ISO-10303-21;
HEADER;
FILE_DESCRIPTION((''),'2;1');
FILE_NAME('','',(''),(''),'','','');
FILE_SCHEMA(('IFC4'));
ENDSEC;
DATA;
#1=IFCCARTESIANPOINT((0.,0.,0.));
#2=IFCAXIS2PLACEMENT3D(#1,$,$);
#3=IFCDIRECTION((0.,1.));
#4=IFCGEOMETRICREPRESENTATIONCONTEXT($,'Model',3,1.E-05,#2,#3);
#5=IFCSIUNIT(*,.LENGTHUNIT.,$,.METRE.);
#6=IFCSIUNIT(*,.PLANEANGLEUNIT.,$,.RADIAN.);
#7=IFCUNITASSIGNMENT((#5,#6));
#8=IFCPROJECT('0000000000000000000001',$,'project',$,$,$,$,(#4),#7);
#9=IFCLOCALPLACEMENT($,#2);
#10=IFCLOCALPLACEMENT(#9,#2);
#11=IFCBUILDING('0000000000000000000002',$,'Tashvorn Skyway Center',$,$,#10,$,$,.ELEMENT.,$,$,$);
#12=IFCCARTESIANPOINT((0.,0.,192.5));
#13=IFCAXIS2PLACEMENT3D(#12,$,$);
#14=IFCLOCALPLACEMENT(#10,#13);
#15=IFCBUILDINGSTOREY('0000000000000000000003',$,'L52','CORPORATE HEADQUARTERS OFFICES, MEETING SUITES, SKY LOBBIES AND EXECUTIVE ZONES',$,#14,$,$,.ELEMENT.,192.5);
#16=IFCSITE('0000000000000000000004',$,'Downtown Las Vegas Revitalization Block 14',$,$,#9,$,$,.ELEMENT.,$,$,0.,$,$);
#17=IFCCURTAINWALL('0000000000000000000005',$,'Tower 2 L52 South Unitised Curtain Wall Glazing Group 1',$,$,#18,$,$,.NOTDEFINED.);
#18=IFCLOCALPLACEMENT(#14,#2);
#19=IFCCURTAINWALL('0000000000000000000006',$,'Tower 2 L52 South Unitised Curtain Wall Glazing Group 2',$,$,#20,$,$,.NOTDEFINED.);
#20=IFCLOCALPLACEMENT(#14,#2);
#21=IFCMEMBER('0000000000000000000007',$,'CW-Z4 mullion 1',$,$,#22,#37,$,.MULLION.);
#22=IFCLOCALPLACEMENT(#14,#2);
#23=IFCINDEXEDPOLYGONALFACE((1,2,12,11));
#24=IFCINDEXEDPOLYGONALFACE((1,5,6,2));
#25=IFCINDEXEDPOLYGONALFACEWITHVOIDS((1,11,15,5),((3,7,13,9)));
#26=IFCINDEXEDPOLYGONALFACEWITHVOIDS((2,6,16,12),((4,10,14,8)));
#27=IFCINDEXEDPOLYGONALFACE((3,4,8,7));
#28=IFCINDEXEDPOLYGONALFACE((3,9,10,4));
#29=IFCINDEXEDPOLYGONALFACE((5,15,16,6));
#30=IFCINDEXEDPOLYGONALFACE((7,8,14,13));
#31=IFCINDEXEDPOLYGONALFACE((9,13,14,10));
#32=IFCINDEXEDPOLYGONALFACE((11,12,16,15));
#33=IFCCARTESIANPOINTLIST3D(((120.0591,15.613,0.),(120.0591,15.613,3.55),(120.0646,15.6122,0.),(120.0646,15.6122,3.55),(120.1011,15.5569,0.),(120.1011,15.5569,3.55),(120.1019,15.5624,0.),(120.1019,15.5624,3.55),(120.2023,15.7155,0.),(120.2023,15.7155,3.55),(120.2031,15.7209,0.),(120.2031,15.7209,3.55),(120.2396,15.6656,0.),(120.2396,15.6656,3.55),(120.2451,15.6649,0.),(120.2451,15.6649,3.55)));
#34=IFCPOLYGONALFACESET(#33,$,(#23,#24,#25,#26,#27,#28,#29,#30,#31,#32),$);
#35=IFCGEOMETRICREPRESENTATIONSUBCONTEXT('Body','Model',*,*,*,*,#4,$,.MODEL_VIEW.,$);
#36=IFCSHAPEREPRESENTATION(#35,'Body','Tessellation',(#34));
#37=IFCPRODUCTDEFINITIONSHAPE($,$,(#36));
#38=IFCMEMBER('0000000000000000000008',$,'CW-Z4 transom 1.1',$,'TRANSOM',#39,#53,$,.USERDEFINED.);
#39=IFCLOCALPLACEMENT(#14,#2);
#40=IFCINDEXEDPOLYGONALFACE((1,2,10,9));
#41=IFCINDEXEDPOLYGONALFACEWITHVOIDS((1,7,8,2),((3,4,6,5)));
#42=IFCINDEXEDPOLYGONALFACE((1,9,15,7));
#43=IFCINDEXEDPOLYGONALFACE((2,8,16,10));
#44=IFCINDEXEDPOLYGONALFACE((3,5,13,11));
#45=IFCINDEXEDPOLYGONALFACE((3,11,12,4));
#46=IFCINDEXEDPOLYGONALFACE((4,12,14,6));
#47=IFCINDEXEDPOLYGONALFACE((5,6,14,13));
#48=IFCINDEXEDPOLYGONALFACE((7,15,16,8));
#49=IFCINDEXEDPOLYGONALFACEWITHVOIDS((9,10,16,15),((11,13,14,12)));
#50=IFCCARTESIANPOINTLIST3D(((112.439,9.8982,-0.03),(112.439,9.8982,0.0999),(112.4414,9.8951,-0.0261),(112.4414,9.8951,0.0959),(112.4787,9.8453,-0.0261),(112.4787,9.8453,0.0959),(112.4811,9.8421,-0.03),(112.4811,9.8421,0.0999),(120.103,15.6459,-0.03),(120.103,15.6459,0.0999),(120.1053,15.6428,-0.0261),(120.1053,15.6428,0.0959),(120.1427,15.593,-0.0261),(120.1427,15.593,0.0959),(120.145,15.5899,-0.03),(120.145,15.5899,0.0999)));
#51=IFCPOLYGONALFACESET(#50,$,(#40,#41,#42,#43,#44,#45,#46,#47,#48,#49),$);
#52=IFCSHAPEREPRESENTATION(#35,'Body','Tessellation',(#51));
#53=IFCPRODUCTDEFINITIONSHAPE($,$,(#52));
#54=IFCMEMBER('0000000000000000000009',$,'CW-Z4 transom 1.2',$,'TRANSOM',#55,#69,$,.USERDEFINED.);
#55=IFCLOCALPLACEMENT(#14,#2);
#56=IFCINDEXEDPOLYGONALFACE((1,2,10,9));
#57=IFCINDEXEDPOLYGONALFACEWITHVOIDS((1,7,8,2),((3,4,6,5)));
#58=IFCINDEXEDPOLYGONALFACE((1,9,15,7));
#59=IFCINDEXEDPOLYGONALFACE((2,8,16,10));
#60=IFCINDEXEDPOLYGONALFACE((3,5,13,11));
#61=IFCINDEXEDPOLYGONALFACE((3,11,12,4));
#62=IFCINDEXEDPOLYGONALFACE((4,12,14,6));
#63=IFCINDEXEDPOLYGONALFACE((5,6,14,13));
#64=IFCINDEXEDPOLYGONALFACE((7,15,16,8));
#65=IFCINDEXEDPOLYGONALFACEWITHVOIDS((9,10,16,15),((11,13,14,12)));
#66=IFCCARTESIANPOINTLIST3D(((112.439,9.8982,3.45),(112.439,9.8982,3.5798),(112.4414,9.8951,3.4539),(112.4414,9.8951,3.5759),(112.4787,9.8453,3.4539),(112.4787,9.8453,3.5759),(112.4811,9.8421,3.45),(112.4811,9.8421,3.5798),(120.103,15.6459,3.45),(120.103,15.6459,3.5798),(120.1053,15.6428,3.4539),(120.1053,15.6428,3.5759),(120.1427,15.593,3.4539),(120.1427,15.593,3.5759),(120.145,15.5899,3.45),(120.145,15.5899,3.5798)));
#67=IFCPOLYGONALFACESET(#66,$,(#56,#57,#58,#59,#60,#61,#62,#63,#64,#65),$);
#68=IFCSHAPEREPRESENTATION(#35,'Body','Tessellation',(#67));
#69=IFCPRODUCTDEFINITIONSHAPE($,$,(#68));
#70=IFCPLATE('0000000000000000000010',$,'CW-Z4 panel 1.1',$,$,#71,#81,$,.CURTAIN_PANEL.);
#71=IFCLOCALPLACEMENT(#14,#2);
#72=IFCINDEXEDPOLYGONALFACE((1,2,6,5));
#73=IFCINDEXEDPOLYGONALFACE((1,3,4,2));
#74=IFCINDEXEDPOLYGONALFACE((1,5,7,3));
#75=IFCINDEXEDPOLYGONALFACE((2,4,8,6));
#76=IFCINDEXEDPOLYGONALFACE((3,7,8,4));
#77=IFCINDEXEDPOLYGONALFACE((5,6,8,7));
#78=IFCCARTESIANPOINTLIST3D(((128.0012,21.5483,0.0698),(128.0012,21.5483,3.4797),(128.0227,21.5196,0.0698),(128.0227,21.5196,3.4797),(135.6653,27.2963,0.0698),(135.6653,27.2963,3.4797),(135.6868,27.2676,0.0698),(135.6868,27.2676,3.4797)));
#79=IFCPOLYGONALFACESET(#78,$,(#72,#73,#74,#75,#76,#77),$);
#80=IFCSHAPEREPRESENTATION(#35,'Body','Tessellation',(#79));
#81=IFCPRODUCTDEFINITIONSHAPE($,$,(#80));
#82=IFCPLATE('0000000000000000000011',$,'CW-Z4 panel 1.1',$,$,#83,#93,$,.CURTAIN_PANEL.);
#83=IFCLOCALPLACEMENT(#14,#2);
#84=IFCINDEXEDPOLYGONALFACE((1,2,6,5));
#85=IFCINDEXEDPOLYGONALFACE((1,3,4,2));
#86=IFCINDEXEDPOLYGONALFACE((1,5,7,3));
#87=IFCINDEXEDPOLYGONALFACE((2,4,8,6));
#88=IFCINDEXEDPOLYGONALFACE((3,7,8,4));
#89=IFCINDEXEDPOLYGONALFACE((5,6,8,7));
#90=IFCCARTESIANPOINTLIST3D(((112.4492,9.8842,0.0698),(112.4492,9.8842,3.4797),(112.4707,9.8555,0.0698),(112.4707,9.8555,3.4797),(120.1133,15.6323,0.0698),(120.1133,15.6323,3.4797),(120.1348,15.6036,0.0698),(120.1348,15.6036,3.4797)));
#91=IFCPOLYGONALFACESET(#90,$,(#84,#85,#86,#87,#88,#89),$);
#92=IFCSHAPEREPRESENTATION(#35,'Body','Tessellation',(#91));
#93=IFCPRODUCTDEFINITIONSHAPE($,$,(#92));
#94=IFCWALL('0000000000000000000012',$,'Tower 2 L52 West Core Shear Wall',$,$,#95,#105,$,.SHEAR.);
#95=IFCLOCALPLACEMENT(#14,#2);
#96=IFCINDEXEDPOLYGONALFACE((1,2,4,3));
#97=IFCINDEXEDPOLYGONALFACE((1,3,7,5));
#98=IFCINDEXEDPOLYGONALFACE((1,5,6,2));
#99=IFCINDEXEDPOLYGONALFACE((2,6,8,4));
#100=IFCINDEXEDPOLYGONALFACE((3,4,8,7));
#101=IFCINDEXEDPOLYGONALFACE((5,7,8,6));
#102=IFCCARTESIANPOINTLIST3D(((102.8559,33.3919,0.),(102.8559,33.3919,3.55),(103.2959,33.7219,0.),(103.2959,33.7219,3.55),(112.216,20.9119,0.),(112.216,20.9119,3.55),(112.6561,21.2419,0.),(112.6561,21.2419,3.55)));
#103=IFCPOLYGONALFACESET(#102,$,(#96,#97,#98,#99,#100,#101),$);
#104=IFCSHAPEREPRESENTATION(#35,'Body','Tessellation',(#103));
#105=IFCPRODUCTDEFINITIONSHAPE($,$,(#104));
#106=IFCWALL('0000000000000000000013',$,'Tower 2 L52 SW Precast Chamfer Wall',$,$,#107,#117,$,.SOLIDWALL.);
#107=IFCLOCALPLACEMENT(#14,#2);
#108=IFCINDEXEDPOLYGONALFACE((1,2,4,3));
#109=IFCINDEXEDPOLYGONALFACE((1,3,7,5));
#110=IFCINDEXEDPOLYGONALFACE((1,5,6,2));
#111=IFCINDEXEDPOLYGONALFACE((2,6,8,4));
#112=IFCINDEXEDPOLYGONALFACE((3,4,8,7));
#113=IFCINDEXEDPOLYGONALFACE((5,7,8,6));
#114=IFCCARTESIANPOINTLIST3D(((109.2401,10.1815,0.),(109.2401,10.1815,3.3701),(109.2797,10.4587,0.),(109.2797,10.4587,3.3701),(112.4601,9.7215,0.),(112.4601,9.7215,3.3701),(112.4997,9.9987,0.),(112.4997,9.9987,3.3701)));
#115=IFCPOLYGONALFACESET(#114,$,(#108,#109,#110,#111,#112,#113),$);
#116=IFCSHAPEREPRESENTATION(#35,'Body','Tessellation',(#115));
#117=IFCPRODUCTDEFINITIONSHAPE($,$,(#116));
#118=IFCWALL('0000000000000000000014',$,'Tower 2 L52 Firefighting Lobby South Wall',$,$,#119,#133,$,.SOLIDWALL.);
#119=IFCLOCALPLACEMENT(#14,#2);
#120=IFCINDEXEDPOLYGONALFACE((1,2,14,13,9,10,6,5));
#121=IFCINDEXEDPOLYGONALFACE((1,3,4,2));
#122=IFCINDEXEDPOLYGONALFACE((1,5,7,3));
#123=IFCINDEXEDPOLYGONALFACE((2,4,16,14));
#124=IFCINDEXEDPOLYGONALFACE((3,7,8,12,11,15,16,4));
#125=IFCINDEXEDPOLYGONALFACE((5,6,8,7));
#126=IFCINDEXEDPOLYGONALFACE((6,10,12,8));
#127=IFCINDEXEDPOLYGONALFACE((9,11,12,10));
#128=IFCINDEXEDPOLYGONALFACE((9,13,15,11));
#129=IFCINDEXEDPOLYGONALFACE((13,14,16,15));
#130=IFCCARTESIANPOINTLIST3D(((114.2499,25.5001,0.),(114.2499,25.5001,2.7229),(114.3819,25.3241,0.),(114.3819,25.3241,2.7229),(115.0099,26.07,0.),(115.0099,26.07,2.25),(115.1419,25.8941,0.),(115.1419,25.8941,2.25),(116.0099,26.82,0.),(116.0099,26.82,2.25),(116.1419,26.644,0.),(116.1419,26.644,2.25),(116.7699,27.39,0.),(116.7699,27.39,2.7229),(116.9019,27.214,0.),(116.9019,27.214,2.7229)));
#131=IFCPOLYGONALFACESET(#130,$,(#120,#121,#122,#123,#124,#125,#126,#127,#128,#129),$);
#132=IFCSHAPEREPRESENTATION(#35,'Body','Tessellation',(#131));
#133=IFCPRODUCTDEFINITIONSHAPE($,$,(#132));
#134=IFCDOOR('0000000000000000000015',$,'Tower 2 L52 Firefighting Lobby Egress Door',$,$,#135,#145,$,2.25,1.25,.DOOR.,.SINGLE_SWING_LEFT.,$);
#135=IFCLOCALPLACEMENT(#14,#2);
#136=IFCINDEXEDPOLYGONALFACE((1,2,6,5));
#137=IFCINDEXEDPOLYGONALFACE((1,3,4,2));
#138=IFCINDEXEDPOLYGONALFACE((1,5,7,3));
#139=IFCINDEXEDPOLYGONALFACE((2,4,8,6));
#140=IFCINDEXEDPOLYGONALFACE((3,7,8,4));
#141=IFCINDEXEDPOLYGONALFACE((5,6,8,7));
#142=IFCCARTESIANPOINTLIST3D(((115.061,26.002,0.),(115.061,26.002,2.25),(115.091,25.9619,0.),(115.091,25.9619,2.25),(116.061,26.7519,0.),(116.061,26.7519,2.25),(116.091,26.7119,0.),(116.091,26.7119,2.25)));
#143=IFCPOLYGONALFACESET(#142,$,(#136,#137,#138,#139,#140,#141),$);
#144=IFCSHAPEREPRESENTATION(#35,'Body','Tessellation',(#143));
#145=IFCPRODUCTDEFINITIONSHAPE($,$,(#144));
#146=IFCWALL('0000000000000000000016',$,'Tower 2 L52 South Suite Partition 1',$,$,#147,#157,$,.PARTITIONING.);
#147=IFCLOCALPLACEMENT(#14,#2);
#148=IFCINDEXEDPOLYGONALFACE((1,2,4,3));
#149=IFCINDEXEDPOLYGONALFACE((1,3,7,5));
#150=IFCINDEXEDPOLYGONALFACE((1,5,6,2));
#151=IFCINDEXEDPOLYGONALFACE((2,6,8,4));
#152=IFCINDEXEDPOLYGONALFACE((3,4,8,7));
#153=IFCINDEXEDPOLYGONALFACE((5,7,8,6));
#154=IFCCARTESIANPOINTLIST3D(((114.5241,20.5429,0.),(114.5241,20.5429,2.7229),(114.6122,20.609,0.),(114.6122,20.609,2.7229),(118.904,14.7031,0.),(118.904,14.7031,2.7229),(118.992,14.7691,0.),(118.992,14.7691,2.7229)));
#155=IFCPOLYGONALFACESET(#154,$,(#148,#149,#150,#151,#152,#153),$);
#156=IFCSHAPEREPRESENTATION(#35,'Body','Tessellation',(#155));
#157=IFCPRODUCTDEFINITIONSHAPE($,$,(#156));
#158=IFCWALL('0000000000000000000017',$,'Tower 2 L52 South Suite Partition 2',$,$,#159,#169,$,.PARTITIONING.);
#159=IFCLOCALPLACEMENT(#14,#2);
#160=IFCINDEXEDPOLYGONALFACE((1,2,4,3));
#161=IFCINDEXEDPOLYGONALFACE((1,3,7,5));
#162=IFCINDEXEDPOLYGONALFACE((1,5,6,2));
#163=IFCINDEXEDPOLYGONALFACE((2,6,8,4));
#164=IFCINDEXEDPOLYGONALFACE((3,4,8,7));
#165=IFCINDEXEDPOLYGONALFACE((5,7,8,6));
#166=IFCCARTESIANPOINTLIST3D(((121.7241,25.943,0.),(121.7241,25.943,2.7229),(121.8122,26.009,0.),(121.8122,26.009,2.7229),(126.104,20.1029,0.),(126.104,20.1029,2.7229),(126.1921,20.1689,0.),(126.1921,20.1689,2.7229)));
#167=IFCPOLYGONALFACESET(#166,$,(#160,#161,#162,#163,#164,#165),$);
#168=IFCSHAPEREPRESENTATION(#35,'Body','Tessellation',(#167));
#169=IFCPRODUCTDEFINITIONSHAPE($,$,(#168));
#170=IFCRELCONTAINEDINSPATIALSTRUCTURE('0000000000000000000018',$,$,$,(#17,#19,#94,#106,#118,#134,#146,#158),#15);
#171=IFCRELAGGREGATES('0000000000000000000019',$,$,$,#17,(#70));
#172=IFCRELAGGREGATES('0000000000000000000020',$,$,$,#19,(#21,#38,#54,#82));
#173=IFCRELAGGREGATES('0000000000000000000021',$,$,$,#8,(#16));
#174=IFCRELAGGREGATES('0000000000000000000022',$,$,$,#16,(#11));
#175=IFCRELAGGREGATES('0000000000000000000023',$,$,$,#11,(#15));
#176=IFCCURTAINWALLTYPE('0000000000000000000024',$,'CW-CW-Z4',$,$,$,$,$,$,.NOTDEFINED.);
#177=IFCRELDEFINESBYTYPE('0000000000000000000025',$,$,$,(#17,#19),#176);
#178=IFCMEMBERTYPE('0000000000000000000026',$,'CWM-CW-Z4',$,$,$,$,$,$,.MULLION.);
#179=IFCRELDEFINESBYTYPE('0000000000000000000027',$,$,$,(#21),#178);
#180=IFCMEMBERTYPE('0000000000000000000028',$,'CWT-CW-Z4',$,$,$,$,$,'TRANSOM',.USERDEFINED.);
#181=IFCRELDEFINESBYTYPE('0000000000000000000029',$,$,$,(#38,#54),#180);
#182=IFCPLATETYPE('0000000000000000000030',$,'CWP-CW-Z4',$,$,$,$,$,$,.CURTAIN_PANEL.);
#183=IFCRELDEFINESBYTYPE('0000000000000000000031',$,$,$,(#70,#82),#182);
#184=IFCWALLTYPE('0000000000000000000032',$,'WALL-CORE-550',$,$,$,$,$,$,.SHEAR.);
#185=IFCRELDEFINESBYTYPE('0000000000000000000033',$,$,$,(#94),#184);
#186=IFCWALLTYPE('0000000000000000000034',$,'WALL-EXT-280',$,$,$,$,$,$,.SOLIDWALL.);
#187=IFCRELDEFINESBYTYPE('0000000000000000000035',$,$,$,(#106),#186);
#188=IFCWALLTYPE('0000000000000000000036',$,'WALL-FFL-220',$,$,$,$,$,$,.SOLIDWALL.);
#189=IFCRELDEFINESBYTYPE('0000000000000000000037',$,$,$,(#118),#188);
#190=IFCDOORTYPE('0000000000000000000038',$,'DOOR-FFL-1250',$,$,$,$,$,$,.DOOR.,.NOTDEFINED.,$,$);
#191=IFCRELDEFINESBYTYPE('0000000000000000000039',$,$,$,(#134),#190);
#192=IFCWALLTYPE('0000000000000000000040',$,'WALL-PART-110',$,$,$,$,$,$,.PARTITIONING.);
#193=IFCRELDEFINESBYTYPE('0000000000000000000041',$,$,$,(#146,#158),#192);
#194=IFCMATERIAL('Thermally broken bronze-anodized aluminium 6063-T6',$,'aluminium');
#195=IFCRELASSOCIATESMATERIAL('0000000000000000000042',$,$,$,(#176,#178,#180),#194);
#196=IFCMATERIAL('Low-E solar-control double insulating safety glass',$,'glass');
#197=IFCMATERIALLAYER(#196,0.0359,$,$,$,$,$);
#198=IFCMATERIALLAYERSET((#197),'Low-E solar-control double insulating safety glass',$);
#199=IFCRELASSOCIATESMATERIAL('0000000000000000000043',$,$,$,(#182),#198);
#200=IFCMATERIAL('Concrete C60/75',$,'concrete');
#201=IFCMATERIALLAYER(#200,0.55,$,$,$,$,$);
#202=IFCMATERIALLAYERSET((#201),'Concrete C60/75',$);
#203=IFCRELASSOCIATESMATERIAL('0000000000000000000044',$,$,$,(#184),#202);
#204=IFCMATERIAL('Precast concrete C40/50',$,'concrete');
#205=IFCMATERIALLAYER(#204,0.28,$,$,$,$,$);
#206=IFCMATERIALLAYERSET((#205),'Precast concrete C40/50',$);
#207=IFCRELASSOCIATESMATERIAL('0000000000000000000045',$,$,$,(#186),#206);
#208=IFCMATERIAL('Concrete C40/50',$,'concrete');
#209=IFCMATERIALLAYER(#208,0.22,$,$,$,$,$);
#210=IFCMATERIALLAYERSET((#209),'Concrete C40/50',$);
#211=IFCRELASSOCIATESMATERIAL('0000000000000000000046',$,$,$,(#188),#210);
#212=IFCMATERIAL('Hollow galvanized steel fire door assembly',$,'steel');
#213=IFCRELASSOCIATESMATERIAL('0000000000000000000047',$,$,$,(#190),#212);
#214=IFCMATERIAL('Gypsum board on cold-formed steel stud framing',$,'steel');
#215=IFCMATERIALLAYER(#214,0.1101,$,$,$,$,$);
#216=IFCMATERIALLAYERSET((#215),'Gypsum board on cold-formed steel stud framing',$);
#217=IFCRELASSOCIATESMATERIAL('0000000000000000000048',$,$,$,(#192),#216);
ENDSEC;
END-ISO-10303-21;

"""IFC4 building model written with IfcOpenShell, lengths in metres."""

from ifc_helpers import new_model, si_unit, direction, frame, frame_2d, origin, origin_2d, place, context, subcontext, project, spatial, rectangle, hollow_rectangle, extrude, material, layer, layer_set, material_profile, profile_set, type_object, element, fill, aggregate, save


model = new_model("IFC4")

# Units and contexts
model_context = context("Model", 3, precision=1e-05, world=origin(), true_north=direction((0.0, 1.0)))
body_context = subcontext(model_context, "Body", "Model", "MODEL_VIEW")
ifc_project = project(units=[si_unit("LENGTHUNIT", "METRE"), si_unit("PLANEANGLEUNIT", "RADIAN")], contexts=[model_context])

# Site, building, storey
site_placement = place(None, origin())
site = spatial("IfcSite", under=ifc_project, at=site_placement, Name="Downtown Las Vegas Revitalization Block 14", CompositionType="ELEMENT", RefElevation=0.0)
building_placement = place(site_placement, origin())
building = spatial("IfcBuilding", under=site, at=building_placement, Name="Tashvorn Skyway Center", CompositionType="ELEMENT")
storey_placement = place(building_placement, frame((0.0, 0.0, 192.5)))
storey = spatial("IfcBuildingStorey", under=building, at=storey_placement, Name="L52", Description="CORPORATE HEADQUARTERS OFFICES, MEETING SUITES, SKY LOBBIES AND EXECUTIVE ZONES", CompositionType="ELEMENT", Elevation=192.5)

# Curtain wall
ifc_material_1 = material(Name="Thermally broken bronze-anodized aluminium 6063-T6", Category="aluminium")
curtain_wall_type = type_object("IfcCurtainWallType", Name="CW-CW-Z4", PredefinedType="NOTDEFINED", material=ifc_material_1)
curtain_wall_1_placement = place(storey_placement, origin())
curtain_wall_1 = element("IfcCurtainWall", 1, at=curtain_wall_1_placement, inside=storey, type_object=curtain_wall_type, Name="Tower 2 L52 South Unitised Curtain Wall Glazing Group 1", PredefinedType="NOTDEFINED")
ifc_material_profile_1 = material_profile(ifc_material_1, hollow_rectangle(XDim=0.0701, YDim=0.1799, WallThickness=0.0039, at=origin_2d()), Name="ALU-MULL-70x180")
ifc_profile_set_1 = profile_set([ifc_material_profile_1], Name="Thermally broken bronze-anodized aluminium 6063-T6")
member_type_1 = type_object("IfcMemberType", Name="CWM-CW-Z4", PredefinedType="MULLION", material=ifc_profile_set_1)

# Curtain wall, members
curtain_wall_2_placement = place(storey_placement, origin())
curtain_wall_2 = element("IfcCurtainWall", 2, at=curtain_wall_2_placement, inside=storey, type_object=curtain_wall_type, Name="Tower 2 L52 South Unitised Curtain Wall Glazing Group 2", PredefinedType="NOTDEFINED")
member_1_placement = place(storey_placement, frame((120.1521, 15.6389, 0.0), z_axis=(0.0, 0.0, 1.0), x_axis=(0.6, -0.8, 0.0)))
member_1 = element("IfcMember", 3, at=member_1_placement, type_object=member_type_1, Name="CW-Z4 mullion 1", PredefinedType="MULLION", context=body_context, shape_type="SweptSolid", body=[
    extrude(hollow_rectangle(XDim=0.0701, YDim=0.1799, WallThickness=0.0039, at=origin_2d()), origin(), (0.0, 0.0, 1.0), 3.55),
])
ifc_material_profile_2 = material_profile(ifc_material_1, hollow_rectangle(XDim=0.0701, YDim=0.1299, WallThickness=0.0039, at=origin_2d()), Name="ALU-TRAN-70x130")
ifc_profile_set_2 = profile_set([ifc_material_profile_2], Name="Thermally broken bronze-anodized aluminium 6063-T6")
member_type_2 = type_object("IfcMemberType", Name="CWT-CW-Z4", ElementType="TRANSOM", PredefinedType="USERDEFINED", material=ifc_profile_set_2)
member_2_placement = place(storey_placement, frame((120.124, 15.6179, 0.0349), z_axis=(-0.800012, -0.599984, 0.0), x_axis=(0.599984, -0.800012, 0.0)))
member_2 = element("IfcMember", 4, at=member_2_placement, type_object=member_type_2, Name="CW-Z4 transom 1.1", ObjectType="TRANSOM", PredefinedType="USERDEFINED", context=body_context, shape_type="SweptSolid", body=[
    extrude(hollow_rectangle(XDim=0.0701, YDim=0.1299, WallThickness=0.0039, at=origin_2d()), origin(), (0.0, 0.0, 1.0), 9.5798),
])
member_3_placement = place(storey_placement, frame((120.124, 15.6179, 3.5149), z_axis=(-0.800012, -0.599984, 0.0), x_axis=(0.599984, -0.800012, 0.0)))
member_3 = element("IfcMember", 5, at=member_3_placement, type_object=member_type_2, Name="CW-Z4 transom 1.2", ObjectType="TRANSOM", PredefinedType="USERDEFINED", context=body_context, shape_type="SweptSolid", body=[
    extrude(hollow_rectangle(XDim=0.0701, YDim=0.1299, WallThickness=0.0039, at=origin_2d()), origin(), (0.0, 0.0, 1.0), 9.5798),
])

# Plates
ifc_material_2 = material(Name="Low-E solar-control double insulating safety glass", Category="glass")
ifc_layer_1 = layer(ifc_material_2, 0.0359)
ifc_layer_set_1 = layer_set([ifc_layer_1], Name="Low-E solar-control double insulating safety glass")
plate_type = type_object("IfcPlateType", Name="CWP-CW-Z4", PredefinedType="CURTAIN_PANEL", material=ifc_layer_set_1)
plate_1_placement = place(storey_placement, frame((131.844, 24.408, 0.0698), z_axis=(0.0, 0.0, 1.0), x_axis=(-0.8, -0.6, 0.0)))
plate_1 = element("IfcPlate", 6, at=plate_1_placement, type_object=plate_type, Name="CW-Z4 panel 1.1", PredefinedType="CURTAIN_PANEL", context=body_context, shape_type="SweptSolid", body=[
    extrude(rectangle(XDim=9.5801, YDim=0.0359, at=origin_2d()), origin(), (0.0, 0.0, 1.0), 3.4099),
])
aggregate(curtain_wall_1, [plate_1])
plate_2_placement = place(storey_placement, frame((116.292, 12.7439, 0.0698), z_axis=(0.0, 0.0, 1.0), x_axis=(-0.8, -0.6, 0.0)))
plate_2 = element("IfcPlate", 7, at=plate_2_placement, type_object=plate_type, Name="CW-Z4 panel 1.1", PredefinedType="CURTAIN_PANEL", context=body_context, shape_type="SweptSolid", body=[
    extrude(rectangle(XDim=9.5801, YDim=0.0359, at=origin_2d()), origin(), (0.0, 0.0, 1.0), 3.4099),
])
aggregate(curtain_wall_2, [member_1, member_2, member_3, plate_2])

# Walls
ifc_material_3 = material(Name="Concrete C60/75", Category="concrete")
ifc_layer_2 = layer(ifc_material_3, 0.55)
ifc_layer_set_2 = layer_set([ifc_layer_2], Name="Concrete C60/75")
wall_type_1 = type_object("IfcWallType", Name="WALL-CORE-550", PredefinedType="SHEAR", material=ifc_layer_set_2)
wall_1_placement = place(storey_placement, frame((112.436, 21.0769, 0.0), z_axis=(0.0, 0.0, 1.0), x_axis=(-0.600005, 0.799996, 0.0)))
element("IfcWall", 8, at=wall_1_placement, inside=storey, type_object=wall_type_1, Name="Tower 2 L52 West Core Shear Wall", PredefinedType="SHEAR", context=body_context, shape_type="SweptSolid", body=[
    extrude(rectangle(XDim=15.6001, YDim=0.55, at=frame_2d((7.8, 0.0))), origin(), (0.0, 0.0, 1.0), 3.55),
])
ifc_material_4 = material(Name="Precast concrete C40/50", Category="concrete")
ifc_layer_3 = layer(ifc_material_4, 0.28)
ifc_layer_set_3 = layer_set([ifc_layer_3], Name="Precast concrete C40/50")
wall_type_2 = type_object("IfcWallType", Name="WALL-EXT-280", PredefinedType="SOLIDWALL", material=ifc_layer_set_3)
wall_2_placement = place(storey_placement, frame((112.48, 9.8601, 0.0), z_axis=(0.0, 0.0, 1.0), x_axis=(-0.989951, 0.141411, 0.0)))
element("IfcWall", 9, at=wall_2_placement, inside=storey, type_object=wall_type_2, Name="Tower 2 L52 SW Precast Chamfer Wall", PredefinedType="SOLIDWALL", context=body_context, shape_type="SweptSolid", body=[
    extrude(rectangle(XDim=3.2527, YDim=0.28, at=frame_2d((1.6265, 0.0))), origin(), (0.0, 0.0, 1.0), 3.3701),
])

# Wall, opening, door
ifc_material_5 = material(Name="Concrete C40/50", Category="concrete")
ifc_layer_4 = layer(ifc_material_5, 0.22)
ifc_layer_set_4 = layer_set([ifc_layer_4], Name="Concrete C40/50")
wall_type_3 = type_object("IfcWallType", Name="WALL-FFL-220", PredefinedType="SOLIDWALL", material=ifc_layer_set_4)
wall_3_placement = place(storey_placement, frame((114.3159, 25.4121, 0.0), z_axis=(0.0, 0.0, 1.0), x_axis=(0.800019, 0.599975, 0.0)))
wall_3 = element("IfcWall", 10, at=wall_3_placement, inside=storey, type_object=wall_type_3, Name="Tower 2 L52 Firefighting Lobby South Wall", PredefinedType="SOLIDWALL", context=body_context, shape_type="SweptSolid", body=[
    extrude(rectangle(XDim=3.1499, YDim=0.22, at=frame_2d((1.575, 0.0))), origin(), (0.0, 0.0, 1.0), 2.7229),
])
opening_1_placement = place(wall_3_placement, frame((0.95, 0.0, 0.0)))
opening_1 = element("IfcOpeningElement", 11, at=opening_1_placement, cuts=wall_3, PredefinedType="OPENING", context=body_context, shape_type="SweptSolid", body=[
    extrude(rectangle(XDim=1.25, YDim=2.25, at=frame_2d((0.625, 1.125))), frame((0.0, 0.1199, 0.0), z_axis=(0.0, -1.0, 0.0), x_axis=(1.0, 0.0, 0.0)), (0.0, 0.0, 1.0), 0.24),
])
ifc_material_6 = material(Name="Hollow galvanized steel fire door assembly", Category="steel")
door_type_1 = type_object("IfcDoorType", Name="DOOR-FFL-1250", OperationType="NOTDEFINED", PredefinedType="DOOR", material=ifc_material_6)
door_1_placement = place(opening_1_placement, origin())
door_1 = element("IfcDoor", 12, at=door_1_placement, inside=storey, type_object=door_type_1, Name="Tower 2 L52 Firefighting Lobby Egress Door", OperationType="SINGLE_SWING_LEFT", OverallHeight=2.25, OverallWidth=1.25, PredefinedType="DOOR", context=body_context, shape_type="SweptSolid", body=[
    extrude(rectangle(XDim=1.25, YDim=2.25, at=frame_2d((0.625, 1.125))), frame((0.0, 0.0249, 0.0), z_axis=(0.0, -1.0, 0.0), x_axis=(1.0, 0.0, 0.0)), (0.0, 0.0, 1.0), 0.05),
])
fill(opening_1, door_1)

# Walls
ifc_material_7 = material(Name="Gypsum board on cold-formed steel stud framing", Category="steel")
ifc_layer_5 = layer(ifc_material_7, 0.1101)
ifc_layer_set_5 = layer_set([ifc_layer_5], Name="Gypsum board on cold-formed steel stud framing")
wall_type_4 = type_object("IfcWallType", Name="WALL-PART-110", PredefinedType="PARTITIONING", material=ifc_layer_set_5)
wall_4_placement = place(storey_placement, frame((118.948, 14.7361, 0.0), z_axis=(0.0, 0.0, 1.0), x_axis=(-0.6, 0.8, 0.0)))
element("IfcWall", 13, at=wall_4_placement, inside=storey, type_object=wall_type_4, Name="Tower 2 L52 South Suite Partition 1", PredefinedType="PARTITIONING", context=body_context, shape_type="SweptSolid", body=[
    extrude(rectangle(XDim=7.2998, YDim=0.1101, at=frame_2d((3.6499, 0.0))), origin(), (0.0, 0.0, 1.0), 2.7229),
])
wall_5_placement = place(storey_placement, frame((126.1479, 20.136, 0.0), z_axis=(0.0, 0.0, 1.0), x_axis=(-0.599984, 0.800012, 0.0)))
element("IfcWall", 14, at=wall_5_placement, inside=storey, type_object=wall_type_4, Name="Tower 2 L52 South Suite Partition 2", PredefinedType="PARTITIONING", context=body_context, shape_type="SweptSolid", body=[
    extrude(rectangle(XDim=7.3, YDim=0.1101, at=frame_2d((3.6499, 0.0))), origin(), (0.0, 0.0, 1.0), 2.7229),
])

save(model, "model.ifc")
